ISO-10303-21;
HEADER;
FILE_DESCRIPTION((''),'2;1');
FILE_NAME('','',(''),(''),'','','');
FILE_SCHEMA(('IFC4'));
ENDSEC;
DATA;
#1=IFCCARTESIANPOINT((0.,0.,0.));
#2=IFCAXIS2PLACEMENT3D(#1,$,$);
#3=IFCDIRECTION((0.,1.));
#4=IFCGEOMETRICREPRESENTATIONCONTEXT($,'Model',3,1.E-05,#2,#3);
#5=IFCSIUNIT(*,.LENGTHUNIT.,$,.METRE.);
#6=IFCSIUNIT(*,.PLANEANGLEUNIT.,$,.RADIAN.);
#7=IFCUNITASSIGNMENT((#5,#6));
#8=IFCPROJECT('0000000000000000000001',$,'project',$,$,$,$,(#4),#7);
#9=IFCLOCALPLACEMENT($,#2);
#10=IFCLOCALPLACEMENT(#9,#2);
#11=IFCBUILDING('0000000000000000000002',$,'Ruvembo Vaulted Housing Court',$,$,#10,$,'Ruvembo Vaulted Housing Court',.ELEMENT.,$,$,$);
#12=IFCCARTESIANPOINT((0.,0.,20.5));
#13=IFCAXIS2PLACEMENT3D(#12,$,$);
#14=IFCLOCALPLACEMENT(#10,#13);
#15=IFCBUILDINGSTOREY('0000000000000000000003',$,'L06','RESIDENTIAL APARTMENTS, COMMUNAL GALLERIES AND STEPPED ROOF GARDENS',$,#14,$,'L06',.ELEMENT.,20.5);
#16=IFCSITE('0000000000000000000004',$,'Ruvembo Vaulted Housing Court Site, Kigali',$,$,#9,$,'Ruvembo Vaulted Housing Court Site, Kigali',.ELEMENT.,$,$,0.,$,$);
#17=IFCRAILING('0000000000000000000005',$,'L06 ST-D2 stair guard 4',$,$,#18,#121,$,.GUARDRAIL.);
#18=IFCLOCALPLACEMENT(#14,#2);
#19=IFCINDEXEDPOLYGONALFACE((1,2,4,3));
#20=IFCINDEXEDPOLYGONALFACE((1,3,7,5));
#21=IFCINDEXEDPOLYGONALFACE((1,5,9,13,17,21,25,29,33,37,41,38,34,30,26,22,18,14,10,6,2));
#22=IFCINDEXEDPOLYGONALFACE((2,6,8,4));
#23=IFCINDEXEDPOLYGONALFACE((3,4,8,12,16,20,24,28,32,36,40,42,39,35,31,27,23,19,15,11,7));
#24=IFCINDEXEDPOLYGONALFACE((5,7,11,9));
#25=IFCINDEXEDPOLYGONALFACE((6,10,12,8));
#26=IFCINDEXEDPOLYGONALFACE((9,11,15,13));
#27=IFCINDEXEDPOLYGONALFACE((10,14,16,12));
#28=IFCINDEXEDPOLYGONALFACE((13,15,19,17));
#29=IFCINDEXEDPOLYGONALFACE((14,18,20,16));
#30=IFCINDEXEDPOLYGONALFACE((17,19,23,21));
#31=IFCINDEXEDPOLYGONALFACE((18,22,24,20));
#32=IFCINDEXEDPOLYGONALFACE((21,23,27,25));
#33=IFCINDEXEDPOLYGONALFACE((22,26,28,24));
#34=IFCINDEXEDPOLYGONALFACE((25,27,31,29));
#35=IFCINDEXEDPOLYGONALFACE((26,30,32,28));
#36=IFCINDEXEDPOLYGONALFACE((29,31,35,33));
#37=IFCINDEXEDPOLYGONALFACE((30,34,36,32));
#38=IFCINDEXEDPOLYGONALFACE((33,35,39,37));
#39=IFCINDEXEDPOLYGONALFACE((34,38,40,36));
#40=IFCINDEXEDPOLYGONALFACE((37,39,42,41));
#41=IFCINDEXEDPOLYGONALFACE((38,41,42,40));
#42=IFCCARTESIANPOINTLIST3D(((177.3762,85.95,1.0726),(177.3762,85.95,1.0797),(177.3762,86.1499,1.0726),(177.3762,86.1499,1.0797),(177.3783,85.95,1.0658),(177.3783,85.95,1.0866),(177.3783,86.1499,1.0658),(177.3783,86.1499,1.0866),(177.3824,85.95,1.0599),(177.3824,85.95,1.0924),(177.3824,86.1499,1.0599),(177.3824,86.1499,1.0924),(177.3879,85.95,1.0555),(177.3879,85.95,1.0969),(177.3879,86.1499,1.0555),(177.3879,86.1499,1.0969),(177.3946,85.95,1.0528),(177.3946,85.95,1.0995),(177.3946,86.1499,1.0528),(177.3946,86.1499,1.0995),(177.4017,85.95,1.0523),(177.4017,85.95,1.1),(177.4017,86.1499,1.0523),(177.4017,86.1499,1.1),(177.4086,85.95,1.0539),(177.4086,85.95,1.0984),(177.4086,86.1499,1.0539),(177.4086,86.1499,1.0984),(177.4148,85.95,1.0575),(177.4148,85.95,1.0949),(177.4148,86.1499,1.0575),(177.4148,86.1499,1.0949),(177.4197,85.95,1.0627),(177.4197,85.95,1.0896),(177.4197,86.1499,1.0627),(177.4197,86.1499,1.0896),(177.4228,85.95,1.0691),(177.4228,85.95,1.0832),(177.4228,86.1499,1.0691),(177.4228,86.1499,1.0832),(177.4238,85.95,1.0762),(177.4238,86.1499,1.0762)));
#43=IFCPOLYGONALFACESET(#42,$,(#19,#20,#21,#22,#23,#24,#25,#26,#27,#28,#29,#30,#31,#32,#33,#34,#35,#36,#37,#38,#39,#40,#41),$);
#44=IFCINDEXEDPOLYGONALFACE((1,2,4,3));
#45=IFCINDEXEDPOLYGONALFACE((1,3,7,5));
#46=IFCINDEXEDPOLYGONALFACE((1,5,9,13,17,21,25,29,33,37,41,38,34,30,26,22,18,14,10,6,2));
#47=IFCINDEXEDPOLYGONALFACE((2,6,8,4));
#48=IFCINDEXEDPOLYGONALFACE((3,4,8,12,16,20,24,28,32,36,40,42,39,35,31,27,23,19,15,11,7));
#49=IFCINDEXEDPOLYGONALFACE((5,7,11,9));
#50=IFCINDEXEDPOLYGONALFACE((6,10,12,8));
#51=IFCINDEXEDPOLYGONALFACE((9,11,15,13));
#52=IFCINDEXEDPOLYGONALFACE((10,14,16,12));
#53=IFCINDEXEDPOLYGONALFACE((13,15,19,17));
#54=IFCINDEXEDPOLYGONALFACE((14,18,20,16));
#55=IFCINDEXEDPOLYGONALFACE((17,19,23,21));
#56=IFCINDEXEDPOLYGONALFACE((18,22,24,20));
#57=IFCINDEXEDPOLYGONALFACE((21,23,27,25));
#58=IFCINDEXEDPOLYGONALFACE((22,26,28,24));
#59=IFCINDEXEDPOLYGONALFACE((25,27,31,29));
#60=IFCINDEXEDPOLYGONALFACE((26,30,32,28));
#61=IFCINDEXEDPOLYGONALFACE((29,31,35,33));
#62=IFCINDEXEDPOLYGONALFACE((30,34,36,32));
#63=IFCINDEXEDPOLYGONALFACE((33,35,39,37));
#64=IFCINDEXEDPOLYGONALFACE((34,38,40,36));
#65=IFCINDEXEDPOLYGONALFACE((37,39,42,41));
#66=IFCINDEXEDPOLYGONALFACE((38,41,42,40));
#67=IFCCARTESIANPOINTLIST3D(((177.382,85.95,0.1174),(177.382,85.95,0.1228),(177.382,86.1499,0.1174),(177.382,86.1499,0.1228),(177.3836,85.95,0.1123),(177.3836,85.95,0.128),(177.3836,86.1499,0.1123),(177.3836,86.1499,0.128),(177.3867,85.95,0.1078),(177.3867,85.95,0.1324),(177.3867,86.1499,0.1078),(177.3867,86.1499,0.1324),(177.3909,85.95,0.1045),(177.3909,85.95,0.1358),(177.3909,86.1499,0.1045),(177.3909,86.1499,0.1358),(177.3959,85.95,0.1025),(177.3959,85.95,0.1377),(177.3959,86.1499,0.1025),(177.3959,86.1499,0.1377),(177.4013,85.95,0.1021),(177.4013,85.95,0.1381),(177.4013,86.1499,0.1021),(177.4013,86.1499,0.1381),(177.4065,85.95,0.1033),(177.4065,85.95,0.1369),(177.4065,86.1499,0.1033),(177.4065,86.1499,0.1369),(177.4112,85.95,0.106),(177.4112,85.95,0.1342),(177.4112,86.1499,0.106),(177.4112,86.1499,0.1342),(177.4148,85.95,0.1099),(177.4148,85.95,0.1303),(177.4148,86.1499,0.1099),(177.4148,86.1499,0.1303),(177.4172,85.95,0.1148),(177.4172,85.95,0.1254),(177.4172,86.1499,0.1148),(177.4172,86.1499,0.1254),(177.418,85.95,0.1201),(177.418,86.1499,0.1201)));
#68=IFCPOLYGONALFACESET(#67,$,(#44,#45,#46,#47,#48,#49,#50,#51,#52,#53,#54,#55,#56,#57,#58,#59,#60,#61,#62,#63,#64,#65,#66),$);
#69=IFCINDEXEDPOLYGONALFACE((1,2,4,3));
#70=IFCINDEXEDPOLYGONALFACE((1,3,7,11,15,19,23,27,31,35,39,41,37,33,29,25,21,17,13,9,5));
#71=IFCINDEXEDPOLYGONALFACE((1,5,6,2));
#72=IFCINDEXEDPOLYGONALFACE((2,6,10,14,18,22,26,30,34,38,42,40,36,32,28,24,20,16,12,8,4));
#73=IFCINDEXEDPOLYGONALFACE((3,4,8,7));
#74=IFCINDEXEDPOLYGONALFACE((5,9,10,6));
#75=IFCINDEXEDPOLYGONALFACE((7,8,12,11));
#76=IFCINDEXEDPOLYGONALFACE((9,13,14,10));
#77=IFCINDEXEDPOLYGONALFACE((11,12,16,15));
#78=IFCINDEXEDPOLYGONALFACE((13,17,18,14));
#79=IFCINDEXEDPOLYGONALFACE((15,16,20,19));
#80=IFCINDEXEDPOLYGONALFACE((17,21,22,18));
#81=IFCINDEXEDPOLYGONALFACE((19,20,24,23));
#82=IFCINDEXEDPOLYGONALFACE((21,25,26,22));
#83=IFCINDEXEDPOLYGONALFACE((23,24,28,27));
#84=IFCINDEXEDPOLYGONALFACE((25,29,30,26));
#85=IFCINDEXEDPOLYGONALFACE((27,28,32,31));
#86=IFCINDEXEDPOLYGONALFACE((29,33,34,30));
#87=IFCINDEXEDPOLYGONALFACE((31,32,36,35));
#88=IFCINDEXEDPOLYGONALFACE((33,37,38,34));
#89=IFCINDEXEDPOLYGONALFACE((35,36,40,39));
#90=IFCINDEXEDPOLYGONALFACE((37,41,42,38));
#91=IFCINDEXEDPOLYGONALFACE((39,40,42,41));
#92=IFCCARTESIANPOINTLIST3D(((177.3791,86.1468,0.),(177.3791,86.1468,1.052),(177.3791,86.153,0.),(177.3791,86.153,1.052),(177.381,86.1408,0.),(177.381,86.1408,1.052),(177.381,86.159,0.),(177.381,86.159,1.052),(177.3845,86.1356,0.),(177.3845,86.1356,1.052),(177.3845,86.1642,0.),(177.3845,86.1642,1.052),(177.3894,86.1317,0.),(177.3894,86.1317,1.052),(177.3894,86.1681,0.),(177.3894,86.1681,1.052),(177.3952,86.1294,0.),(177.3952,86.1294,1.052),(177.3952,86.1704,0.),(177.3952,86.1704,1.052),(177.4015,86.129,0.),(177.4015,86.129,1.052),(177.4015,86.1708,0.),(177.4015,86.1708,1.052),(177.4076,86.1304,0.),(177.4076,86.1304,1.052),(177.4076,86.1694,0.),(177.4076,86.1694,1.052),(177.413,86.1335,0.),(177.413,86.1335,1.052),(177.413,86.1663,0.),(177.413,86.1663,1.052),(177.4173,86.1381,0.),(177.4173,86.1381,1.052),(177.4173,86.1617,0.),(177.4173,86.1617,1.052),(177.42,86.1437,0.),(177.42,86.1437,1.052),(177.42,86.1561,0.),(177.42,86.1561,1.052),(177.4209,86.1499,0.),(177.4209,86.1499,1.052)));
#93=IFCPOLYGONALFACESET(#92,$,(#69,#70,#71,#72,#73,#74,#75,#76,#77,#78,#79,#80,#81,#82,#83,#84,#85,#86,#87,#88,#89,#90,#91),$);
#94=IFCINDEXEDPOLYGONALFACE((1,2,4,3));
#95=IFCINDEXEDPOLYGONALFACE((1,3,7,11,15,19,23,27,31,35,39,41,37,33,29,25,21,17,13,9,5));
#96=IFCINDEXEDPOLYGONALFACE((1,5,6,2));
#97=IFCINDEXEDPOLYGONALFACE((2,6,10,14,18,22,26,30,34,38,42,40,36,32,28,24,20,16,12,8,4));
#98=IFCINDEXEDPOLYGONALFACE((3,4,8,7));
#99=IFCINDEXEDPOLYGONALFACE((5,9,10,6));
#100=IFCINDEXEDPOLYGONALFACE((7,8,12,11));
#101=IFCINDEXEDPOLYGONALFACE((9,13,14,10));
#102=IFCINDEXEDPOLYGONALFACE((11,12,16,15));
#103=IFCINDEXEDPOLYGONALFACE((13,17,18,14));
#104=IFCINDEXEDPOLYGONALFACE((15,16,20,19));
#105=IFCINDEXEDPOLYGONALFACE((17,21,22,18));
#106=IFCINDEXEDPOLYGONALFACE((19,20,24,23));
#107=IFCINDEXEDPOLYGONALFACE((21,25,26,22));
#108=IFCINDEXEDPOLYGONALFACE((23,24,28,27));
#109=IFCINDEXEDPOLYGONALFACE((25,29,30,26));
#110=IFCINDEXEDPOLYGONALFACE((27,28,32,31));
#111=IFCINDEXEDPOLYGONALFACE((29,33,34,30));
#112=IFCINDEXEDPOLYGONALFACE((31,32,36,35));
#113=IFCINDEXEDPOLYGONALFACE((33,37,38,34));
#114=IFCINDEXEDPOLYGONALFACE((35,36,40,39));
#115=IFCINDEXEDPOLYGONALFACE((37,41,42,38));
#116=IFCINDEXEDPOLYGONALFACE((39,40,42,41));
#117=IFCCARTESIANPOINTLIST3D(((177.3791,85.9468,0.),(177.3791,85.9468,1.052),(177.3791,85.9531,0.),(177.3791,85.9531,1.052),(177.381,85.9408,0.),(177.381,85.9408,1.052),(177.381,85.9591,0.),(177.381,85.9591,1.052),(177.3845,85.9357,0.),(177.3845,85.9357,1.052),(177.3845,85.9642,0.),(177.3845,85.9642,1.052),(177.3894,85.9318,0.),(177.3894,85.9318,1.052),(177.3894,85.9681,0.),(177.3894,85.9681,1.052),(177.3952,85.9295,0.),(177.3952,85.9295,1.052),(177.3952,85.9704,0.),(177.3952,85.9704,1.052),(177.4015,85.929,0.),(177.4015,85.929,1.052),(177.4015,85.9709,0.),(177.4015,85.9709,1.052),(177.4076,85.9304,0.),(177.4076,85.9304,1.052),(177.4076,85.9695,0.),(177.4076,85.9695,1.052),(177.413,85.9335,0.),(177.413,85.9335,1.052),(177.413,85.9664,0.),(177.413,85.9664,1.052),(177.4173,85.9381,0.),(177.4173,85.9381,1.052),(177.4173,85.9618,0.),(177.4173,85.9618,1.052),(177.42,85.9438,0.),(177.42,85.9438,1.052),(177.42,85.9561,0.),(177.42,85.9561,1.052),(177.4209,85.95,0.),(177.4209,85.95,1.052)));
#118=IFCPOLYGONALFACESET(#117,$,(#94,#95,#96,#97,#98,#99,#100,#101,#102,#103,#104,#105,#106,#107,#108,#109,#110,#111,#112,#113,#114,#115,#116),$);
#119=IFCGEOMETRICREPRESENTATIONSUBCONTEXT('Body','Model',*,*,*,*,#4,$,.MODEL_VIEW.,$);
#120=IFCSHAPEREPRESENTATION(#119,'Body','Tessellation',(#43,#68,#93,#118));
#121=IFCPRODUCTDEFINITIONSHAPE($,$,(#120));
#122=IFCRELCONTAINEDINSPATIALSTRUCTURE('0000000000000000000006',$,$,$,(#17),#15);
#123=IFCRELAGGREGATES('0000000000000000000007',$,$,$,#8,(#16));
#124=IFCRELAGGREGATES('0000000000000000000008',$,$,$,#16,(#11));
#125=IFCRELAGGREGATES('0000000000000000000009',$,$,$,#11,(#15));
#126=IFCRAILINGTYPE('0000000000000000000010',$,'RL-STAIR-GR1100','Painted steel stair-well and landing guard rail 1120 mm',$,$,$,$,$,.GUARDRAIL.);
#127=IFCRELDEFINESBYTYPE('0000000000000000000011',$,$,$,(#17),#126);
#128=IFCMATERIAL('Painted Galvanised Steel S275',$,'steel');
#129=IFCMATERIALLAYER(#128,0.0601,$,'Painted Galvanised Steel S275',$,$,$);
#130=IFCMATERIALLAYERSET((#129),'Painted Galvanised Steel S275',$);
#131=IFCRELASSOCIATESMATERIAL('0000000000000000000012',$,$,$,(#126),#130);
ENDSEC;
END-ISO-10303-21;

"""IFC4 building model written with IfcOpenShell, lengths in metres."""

from ifc_helpers import new_model, si_unit, direction, frame, origin, origin_2d, place, context, subcontext, project, spatial, circle, extrude, material, layer, layer_set, type_object, element, save


model = new_model("IFC4")

# Units and contexts
model_context = context("Model", 3, precision=1e-05, world=origin(), true_north=direction((0.0, 1.0)))
body_context = subcontext(model_context, "Body", "Model", "MODEL_VIEW")
ifc_project = project(units=[si_unit("LENGTHUNIT", "METRE"), si_unit("PLANEANGLEUNIT", "RADIAN")], contexts=[model_context])

# Site, building, storey
site_placement = place(None, origin())
site = spatial("IfcSite", under=ifc_project, at=site_placement, Name="Ruvembo Vaulted Housing Court Site, Kigali", LongName="Ruvembo Vaulted Housing Court Site, Kigali", CompositionType="ELEMENT", RefElevation=0.0)
building_placement = place(site_placement, origin())
building = spatial("IfcBuilding", under=site, at=building_placement, Name="Ruvembo Vaulted Housing Court", LongName="Ruvembo Vaulted Housing Court", CompositionType="ELEMENT")
storey_placement = place(building_placement, frame((0.0, 0.0, 20.5)))
storey = spatial("IfcBuildingStorey", under=building, at=storey_placement, Name="L06", Description="RESIDENTIAL APARTMENTS, COMMUNAL GALLERIES AND STEPPED ROOF GARDENS", LongName="L06", CompositionType="ELEMENT", Elevation=20.5)

# Railing
ifc_material_1 = material(Name="Painted Galvanised Steel S275", Category="steel")
ifc_layer_1 = layer(ifc_material_1, 0.0601, Name="Painted Galvanised Steel S275")
ifc_layer_set_1 = layer_set([ifc_layer_1], Name="Painted Galvanised Steel S275")
railing_type_1 = type_object("IfcRailingType", Name="RL-STAIR-GR1100", Description="Painted steel stair-well and landing guard rail 1120 mm", PredefinedType="GUARDRAIL", material=ifc_layer_set_1)
railing_1_placement = place(storey_placement, frame((177.3999, 86.1499, 0.0)))
element("IfcRailing", 1, at=railing_1_placement, inside=storey, type_object=railing_type_1, Name="L06 ST-D2 stair guard 4", PredefinedType="GUARDRAIL", context=body_context, shape_type="SweptSolid", body=[
    extrude(circle(Radius=0.0239, at=origin_2d()), frame((0.0, 0.0, 1.0762), z_axis=(0.0, -1.0, 0.0), x_axis=(1.0, 0.0, 0.0)), (0.0, 0.0, 1.0), 0.2),
    extrude(circle(Radius=0.0181, at=origin_2d()), frame((0.0, 0.0, 0.1201), z_axis=(0.0, -1.0, 0.0), x_axis=(1.0, 0.0, 0.0)), (0.0, 0.0, 1.0), 0.2),
    extrude(circle(Radius=0.021, at=origin_2d()), origin(), (0.0, 0.0, 1.0), 1.052),
    extrude(circle(Radius=0.021, at=origin_2d()), frame((0.0, -0.2, 0.0)), (0.0, 0.0, 1.0), 1.052),
])

save(model, "model.ifc")
